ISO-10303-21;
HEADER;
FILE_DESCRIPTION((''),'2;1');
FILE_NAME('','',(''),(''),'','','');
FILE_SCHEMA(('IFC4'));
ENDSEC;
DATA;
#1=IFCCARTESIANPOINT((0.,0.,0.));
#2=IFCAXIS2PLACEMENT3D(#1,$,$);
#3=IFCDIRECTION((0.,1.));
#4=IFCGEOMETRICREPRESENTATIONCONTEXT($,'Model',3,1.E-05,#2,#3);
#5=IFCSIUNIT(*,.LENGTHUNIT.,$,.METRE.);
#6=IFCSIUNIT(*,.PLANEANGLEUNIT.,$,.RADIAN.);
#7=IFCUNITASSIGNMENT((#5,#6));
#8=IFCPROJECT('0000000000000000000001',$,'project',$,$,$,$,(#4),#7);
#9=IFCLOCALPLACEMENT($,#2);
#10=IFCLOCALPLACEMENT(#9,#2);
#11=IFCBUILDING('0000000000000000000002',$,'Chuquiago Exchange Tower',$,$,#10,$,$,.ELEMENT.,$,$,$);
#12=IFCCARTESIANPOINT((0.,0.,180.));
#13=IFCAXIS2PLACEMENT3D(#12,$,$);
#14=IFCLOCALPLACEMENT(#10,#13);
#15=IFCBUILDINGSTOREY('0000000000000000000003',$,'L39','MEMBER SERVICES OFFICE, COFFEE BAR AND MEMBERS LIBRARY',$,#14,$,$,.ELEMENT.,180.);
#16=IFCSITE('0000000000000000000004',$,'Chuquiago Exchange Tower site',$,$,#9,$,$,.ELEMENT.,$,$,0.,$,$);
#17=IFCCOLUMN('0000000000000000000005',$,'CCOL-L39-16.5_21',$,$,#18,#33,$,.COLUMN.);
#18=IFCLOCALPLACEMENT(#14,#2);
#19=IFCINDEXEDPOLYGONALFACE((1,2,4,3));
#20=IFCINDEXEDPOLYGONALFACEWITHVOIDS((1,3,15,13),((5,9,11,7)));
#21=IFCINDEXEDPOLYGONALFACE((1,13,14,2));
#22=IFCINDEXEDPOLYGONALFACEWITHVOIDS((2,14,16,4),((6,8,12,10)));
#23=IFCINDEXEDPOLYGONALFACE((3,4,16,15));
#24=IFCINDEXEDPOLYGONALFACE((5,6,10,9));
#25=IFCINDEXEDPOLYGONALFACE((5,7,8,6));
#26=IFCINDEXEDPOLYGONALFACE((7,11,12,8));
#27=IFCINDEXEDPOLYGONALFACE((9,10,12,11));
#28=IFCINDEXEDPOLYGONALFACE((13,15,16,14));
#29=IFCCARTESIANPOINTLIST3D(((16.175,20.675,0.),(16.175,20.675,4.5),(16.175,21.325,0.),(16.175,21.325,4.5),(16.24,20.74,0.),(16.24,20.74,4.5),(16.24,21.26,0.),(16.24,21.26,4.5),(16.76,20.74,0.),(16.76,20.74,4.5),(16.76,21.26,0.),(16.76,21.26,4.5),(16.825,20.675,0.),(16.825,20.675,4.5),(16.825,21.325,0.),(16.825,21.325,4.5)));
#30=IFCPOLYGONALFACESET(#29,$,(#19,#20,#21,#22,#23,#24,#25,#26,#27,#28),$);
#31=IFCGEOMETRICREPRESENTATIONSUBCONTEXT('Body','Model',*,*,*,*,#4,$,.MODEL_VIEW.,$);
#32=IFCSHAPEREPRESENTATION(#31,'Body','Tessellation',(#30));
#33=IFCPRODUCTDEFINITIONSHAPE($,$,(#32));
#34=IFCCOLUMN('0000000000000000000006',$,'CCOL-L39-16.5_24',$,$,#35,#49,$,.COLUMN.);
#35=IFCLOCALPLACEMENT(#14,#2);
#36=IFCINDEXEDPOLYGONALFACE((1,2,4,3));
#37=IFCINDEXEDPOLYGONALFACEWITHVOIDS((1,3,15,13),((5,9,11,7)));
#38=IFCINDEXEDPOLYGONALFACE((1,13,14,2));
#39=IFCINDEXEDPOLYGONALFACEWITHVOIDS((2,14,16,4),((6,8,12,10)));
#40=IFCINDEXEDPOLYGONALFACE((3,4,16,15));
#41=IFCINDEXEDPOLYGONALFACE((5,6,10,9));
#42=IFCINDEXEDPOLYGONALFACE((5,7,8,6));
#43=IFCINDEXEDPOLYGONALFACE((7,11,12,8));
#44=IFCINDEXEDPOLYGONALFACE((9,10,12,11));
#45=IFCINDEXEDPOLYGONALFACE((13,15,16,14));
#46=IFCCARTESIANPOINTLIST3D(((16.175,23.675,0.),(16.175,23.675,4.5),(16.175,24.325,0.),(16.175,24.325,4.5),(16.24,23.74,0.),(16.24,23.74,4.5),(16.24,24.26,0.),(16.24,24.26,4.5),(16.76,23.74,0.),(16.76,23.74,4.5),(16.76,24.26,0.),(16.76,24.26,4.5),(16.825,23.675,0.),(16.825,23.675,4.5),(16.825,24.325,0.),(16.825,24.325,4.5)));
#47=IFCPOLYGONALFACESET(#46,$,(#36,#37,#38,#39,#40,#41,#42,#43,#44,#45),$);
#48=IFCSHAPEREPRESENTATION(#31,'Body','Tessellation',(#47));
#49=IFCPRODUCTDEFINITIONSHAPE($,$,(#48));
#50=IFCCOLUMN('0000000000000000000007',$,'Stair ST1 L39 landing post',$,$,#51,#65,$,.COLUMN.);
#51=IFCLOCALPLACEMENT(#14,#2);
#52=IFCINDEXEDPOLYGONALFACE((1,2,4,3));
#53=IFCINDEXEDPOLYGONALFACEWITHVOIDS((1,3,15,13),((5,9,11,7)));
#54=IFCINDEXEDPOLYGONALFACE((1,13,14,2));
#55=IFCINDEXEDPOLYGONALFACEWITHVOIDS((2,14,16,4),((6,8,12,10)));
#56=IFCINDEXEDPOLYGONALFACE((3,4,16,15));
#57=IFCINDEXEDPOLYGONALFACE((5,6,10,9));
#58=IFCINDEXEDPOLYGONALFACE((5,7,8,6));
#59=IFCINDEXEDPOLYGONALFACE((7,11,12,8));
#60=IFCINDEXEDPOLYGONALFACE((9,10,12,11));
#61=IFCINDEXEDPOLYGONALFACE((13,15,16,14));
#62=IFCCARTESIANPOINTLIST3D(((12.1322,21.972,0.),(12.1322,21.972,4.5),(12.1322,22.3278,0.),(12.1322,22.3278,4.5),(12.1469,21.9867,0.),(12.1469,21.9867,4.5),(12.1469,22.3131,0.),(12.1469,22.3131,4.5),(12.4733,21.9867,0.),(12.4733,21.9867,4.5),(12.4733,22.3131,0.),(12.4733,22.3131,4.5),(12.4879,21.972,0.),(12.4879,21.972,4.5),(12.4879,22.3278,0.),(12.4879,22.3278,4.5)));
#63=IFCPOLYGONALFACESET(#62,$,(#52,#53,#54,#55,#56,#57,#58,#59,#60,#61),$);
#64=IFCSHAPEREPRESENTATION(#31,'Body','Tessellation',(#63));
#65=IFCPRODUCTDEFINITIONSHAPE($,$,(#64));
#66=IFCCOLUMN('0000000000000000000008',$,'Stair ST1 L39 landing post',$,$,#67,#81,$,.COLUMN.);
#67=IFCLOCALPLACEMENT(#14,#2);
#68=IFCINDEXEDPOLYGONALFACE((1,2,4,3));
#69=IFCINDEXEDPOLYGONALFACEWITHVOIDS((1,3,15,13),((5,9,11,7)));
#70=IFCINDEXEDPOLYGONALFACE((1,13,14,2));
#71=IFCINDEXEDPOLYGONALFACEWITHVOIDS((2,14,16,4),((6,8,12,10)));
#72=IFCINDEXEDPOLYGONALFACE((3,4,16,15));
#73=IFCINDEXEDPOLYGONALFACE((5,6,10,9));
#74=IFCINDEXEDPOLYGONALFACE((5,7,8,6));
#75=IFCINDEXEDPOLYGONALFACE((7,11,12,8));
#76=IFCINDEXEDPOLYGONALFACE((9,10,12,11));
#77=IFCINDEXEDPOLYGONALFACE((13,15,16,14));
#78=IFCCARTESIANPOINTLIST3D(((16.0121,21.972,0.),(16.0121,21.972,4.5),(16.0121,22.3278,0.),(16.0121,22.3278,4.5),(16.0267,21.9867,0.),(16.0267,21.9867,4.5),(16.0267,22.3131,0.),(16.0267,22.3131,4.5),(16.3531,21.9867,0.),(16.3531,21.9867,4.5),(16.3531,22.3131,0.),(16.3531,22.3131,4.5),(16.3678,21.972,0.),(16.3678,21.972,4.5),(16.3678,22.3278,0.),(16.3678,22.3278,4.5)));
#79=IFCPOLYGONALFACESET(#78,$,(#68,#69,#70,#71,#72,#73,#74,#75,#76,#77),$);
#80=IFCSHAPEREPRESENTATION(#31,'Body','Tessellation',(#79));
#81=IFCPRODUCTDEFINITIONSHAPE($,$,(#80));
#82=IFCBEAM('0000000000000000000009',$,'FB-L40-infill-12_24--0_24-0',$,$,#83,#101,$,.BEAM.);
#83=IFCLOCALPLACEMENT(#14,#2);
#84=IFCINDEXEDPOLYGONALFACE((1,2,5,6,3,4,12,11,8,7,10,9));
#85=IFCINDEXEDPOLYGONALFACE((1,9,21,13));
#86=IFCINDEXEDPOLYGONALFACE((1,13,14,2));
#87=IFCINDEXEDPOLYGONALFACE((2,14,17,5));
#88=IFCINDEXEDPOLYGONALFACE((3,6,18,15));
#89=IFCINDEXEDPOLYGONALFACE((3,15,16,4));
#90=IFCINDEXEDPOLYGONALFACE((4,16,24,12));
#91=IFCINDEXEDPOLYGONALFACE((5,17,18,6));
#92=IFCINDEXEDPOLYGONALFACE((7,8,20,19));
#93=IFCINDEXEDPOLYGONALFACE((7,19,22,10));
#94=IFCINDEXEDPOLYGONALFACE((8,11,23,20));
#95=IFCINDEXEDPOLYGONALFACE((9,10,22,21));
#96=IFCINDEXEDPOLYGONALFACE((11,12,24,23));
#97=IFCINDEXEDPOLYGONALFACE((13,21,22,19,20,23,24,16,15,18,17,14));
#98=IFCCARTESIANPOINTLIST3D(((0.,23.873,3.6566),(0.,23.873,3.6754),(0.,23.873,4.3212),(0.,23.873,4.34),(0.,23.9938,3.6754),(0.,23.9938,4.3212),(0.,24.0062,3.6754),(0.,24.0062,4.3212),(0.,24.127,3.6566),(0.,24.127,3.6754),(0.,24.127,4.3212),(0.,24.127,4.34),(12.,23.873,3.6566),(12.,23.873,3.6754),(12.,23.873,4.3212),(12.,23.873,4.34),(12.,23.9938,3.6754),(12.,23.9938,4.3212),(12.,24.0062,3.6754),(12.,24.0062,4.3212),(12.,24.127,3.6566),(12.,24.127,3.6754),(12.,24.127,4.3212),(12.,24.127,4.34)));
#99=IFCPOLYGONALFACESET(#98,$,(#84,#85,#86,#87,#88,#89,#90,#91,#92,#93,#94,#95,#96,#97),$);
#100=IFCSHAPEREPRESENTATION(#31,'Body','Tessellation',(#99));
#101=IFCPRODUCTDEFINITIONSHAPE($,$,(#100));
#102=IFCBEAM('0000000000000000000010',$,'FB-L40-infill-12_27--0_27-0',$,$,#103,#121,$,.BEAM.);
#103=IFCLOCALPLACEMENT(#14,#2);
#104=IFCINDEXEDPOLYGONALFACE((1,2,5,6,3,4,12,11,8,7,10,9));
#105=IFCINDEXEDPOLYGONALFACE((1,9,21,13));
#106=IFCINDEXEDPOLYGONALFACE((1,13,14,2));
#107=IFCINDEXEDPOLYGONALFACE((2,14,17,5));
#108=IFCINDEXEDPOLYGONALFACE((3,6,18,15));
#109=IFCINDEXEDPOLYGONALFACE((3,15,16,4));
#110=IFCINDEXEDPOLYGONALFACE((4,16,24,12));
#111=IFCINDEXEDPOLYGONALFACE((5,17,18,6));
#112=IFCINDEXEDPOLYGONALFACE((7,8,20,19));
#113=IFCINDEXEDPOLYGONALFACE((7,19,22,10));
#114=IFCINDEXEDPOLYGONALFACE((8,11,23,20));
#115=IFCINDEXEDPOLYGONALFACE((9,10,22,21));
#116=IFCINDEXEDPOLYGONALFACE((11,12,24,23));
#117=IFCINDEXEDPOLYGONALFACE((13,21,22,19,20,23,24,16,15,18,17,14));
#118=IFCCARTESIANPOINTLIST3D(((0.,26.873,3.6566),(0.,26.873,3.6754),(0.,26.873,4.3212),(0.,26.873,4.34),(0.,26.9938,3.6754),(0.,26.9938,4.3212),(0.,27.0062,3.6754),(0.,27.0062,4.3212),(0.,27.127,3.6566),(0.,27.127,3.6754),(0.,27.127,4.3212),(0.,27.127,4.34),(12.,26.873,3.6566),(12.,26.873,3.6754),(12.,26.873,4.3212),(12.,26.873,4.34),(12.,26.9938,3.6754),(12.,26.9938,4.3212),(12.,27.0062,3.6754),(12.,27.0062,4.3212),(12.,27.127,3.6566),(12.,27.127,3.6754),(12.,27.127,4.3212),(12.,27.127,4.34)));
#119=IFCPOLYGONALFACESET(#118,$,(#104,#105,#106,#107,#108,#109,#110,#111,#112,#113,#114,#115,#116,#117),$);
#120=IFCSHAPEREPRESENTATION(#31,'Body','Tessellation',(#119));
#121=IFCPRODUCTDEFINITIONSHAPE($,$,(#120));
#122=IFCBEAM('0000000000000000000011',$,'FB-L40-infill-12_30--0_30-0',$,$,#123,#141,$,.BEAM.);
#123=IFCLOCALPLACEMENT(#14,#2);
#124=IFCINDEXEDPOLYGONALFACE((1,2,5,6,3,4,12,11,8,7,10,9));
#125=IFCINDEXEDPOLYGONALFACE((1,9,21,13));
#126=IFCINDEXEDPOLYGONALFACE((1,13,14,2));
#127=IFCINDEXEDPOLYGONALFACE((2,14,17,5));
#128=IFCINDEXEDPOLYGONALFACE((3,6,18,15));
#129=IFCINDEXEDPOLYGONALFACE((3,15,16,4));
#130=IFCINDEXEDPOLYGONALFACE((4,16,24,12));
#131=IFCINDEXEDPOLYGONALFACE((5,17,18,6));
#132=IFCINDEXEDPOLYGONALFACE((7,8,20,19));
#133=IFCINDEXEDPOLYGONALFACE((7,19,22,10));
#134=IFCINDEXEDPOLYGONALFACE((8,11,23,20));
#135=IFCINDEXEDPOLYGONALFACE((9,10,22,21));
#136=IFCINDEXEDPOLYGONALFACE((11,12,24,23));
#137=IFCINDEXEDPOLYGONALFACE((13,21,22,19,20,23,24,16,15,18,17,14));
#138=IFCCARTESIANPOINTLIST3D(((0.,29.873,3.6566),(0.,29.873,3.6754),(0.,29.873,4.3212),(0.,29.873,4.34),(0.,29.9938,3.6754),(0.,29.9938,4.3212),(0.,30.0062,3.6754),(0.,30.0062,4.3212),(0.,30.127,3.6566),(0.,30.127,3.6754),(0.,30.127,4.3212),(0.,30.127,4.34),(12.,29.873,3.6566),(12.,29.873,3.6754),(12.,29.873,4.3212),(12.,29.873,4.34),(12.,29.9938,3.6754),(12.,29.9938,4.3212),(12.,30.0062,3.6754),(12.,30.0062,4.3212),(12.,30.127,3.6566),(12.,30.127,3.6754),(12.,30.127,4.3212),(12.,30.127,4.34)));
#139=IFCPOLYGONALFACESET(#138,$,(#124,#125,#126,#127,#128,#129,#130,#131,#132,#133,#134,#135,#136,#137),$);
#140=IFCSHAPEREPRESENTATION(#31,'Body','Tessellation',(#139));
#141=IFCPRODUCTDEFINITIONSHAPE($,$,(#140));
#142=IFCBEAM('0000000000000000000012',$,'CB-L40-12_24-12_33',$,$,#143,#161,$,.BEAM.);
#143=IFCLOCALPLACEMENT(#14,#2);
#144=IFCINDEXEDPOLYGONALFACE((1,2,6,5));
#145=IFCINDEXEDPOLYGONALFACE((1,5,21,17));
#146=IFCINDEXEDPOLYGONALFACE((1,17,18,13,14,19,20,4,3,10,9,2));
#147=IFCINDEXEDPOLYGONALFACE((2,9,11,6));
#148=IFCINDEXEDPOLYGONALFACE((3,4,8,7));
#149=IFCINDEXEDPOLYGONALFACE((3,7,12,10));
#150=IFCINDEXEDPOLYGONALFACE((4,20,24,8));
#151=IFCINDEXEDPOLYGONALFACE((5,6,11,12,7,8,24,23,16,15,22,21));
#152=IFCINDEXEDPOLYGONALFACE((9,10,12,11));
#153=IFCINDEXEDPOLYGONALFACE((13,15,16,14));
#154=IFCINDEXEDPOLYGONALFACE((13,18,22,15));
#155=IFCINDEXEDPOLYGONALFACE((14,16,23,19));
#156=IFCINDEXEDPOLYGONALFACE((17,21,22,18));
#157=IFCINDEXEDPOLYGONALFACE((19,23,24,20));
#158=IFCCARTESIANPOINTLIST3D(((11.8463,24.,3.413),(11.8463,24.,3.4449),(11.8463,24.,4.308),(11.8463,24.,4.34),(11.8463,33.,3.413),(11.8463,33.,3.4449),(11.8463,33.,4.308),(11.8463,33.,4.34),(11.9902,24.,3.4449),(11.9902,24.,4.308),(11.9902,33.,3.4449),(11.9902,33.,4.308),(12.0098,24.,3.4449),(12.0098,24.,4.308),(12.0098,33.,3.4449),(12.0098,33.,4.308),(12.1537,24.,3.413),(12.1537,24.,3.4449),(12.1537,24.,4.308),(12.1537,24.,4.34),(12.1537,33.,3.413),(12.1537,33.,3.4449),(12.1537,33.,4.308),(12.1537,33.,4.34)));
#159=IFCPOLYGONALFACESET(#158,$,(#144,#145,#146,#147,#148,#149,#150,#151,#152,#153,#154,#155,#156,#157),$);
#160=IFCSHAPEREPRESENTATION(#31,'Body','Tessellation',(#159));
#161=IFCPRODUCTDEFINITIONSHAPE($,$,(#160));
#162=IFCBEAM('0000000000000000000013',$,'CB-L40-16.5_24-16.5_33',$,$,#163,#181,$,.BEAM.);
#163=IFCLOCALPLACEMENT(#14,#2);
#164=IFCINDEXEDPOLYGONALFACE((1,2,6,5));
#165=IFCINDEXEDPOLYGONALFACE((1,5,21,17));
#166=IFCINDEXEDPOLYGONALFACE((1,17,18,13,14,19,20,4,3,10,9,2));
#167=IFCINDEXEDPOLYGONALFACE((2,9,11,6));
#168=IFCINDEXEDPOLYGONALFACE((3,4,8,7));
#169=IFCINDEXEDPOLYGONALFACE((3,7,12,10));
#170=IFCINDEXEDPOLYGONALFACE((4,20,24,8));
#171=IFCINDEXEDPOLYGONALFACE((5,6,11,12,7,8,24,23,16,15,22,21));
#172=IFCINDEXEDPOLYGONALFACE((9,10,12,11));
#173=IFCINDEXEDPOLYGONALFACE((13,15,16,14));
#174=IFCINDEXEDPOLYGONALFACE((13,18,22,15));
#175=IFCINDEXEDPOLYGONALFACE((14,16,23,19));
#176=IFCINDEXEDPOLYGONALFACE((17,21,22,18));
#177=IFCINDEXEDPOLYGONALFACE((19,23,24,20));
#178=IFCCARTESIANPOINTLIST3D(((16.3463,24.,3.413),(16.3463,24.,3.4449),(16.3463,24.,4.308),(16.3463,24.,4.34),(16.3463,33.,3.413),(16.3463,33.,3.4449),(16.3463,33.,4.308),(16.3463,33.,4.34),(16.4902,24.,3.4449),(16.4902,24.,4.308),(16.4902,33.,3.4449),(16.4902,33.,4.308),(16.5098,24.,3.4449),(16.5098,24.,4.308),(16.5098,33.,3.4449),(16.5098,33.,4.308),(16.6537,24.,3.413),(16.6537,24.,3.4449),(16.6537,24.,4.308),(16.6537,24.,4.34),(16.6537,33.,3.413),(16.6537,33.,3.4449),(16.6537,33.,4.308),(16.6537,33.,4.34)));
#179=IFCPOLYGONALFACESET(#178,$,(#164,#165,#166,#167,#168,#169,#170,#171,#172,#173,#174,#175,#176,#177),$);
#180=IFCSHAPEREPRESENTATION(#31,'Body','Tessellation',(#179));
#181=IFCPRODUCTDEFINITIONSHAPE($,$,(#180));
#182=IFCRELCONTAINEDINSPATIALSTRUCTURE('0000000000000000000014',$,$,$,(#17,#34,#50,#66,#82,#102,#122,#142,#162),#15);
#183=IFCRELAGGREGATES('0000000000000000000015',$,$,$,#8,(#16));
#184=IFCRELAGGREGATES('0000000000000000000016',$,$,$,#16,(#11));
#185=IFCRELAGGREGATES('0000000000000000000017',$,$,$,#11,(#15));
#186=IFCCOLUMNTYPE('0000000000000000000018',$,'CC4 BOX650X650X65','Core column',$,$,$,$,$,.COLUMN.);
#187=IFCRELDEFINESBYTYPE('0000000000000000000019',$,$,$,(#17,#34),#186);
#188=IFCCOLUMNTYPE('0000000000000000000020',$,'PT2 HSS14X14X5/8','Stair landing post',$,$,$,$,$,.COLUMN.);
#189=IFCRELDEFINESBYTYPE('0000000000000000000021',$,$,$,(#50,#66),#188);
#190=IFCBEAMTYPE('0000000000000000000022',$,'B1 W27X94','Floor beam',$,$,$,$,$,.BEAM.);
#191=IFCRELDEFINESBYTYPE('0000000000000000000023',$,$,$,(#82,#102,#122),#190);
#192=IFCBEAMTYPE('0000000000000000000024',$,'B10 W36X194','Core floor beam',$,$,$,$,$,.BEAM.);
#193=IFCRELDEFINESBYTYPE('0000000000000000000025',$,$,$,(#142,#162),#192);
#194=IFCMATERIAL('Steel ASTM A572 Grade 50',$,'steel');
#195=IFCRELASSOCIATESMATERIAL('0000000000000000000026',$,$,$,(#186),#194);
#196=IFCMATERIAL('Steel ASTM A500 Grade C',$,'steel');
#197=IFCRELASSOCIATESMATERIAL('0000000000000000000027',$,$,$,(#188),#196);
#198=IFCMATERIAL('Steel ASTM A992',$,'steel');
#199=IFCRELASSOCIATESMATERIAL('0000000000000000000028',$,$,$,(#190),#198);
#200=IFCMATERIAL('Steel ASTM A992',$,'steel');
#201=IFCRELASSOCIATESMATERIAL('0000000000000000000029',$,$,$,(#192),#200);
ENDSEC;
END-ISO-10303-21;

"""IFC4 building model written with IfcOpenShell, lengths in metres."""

from ifc_helpers import new_model, si_unit, direction, frame, origin, origin_2d, place, context, subcontext, project, spatial, hollow_rectangle, i_section, extrude, material, material_profile, profile_set, type_object, element, save


model = new_model("IFC4")

# Units and contexts
model_context = context("Model", 3, precision=1e-05, world=origin(), true_north=direction((0.0, 1.0)))
body_context = subcontext(model_context, "Body", "Model", "MODEL_VIEW")
ifc_project = project(units=[si_unit("LENGTHUNIT", "METRE"), si_unit("PLANEANGLEUNIT", "RADIAN")], contexts=[model_context])

# Site, building, storey
site_placement = place(None, origin())
site = spatial("IfcSite", under=ifc_project, at=site_placement, Name="Chuquiago Exchange Tower site", CompositionType="ELEMENT", RefElevation=0.0)
building_placement = place(site_placement, origin())
building = spatial("IfcBuilding", under=site, at=building_placement, Name="Chuquiago Exchange Tower", CompositionType="ELEMENT")
storey_placement = place(building_placement, frame((0.0, 0.0, 180.0)))
storey = spatial("IfcBuildingStorey", under=building, at=storey_placement, Name="L39", Description="MEMBER SERVICES OFFICE, COFFEE BAR AND MEMBERS LIBRARY", CompositionType="ELEMENT", Elevation=180.0)

# Columns
ifc_material_1 = material(Name="Steel ASTM A572 Grade 50", Category="steel")
ifc_material_profile_1 = material_profile(ifc_material_1, hollow_rectangle(XDim=0.6499, YDim=0.6499, WallThickness=0.0649, at=origin_2d()), Name="BOX650X650X65")
ifc_profile_set_1 = profile_set([ifc_material_profile_1], Name="Steel ASTM A572 Grade 50")
column_type_1 = type_object("IfcColumnType", Name="CC4 BOX650X650X65", Description="Core column", PredefinedType="COLUMN", material=ifc_profile_set_1)
for number, where, z_axis, x_axis, name in (
    (1, (16.5, 21.0, 0.0), (0.0, 0.0, 1.0), (1.0, 0.0, 0.0), "CCOL-L39-16.5_21"),
    (2, (16.5, 24.0, 0.0), (0.0, 0.0, 1.0), (1.0, 0.0, 0.0), "CCOL-L39-16.5_24"),
):
    element("IfcColumn", number, at=place(storey_placement, frame(where, z_axis=z_axis, x_axis=x_axis)), inside=storey, type_object=column_type_1, Name=name, PredefinedType="COLUMN", context=body_context, shape_type="SweptSolid", body=[
        extrude(hollow_rectangle(XDim=0.6499, YDim=0.6499, WallThickness=0.0649, at=origin_2d()), origin(), (0.0, 0.0, 1.0), 4.5),
    ])
ifc_material_2 = material(Name="Steel ASTM A500 Grade C", Category="steel")
ifc_material_profile_2 = material_profile(ifc_material_2, hollow_rectangle(XDim=0.3557, YDim=0.3557, WallThickness=0.0146, at=origin_2d()), Name="HSS14X14X5/8")
ifc_profile_set_2 = profile_set([ifc_material_profile_2], Name="Steel ASTM A500 Grade C")
column_type_2 = type_object("IfcColumnType", Name="PT2 HSS14X14X5/8", Description="Stair landing post", PredefinedType="COLUMN", material=ifc_profile_set_2)
for number, where, z_axis, x_axis, name in (
    (3, (12.3101, 22.1499, 0.0), (0.0, 0.0, 1.0), (1.0, 0.0, 0.0), "Stair ST1 L39 landing post"),
    (4, (16.1899, 22.1499, 0.0), (0.0, 0.0, 1.0), (1.0, 0.0, 0.0), "Stair ST1 L39 landing post"),
):
    element("IfcColumn", number, at=place(storey_placement, frame(where, z_axis=z_axis, x_axis=x_axis)), inside=storey, type_object=column_type_2, Name=name, PredefinedType="COLUMN", context=body_context, shape_type="SweptSolid", body=[
        extrude(hollow_rectangle(XDim=0.3557, YDim=0.3557, WallThickness=0.0146, at=origin_2d()), origin(), (0.0, 0.0, 1.0), 4.5),
    ])

# Beams
ifc_material_3 = material(Name="Steel ASTM A992", Category="steel")
ifc_material_profile_3 = material_profile(ifc_material_3, i_section(OverallWidth=0.2539, OverallDepth=0.6833, WebThickness=0.0125, FlangeThickness=0.0188, at=origin_2d()), Name="W27X94")
ifc_profile_set_3 = profile_set([ifc_material_profile_3], Name="Steel ASTM A992")
beam_type_1 = type_object("IfcBeamType", Name="B1 W27X94", Description="Floor beam", PredefinedType="BEAM", material=ifc_profile_set_3)
for number, where, z_axis, x_axis, name in (
    (5, (12.0, 24.0, 3.9983), (-1.0, 0.0, 0.0), (0.0, -1.0, 0.0), "FB-L40-infill-12_24--0_24-0"),
    (6, (12.0, 27.0, 3.9983), (-1.0, 0.0, 0.0), (0.0, -1.0, 0.0), "FB-L40-infill-12_27--0_27-0"),
    (7, (12.0, 30.0, 3.9983), (-1.0, 0.0, 0.0), (0.0, -1.0, 0.0), "FB-L40-infill-12_30--0_30-0"),
):
    element("IfcBeam", number, at=place(storey_placement, frame(where, z_axis=z_axis, x_axis=x_axis)), inside=storey, type_object=beam_type_1, Name=name, PredefinedType="BEAM", context=body_context, shape_type="SweptSolid", body=[
        extrude(i_section(OverallWidth=0.2539, OverallDepth=0.6833, WebThickness=0.0125, FlangeThickness=0.0188, at=origin_2d()), origin(), (0.0, 0.0, 1.0), 12.0),
    ])
ifc_material_4 = material(Name="Steel ASTM A992", Category="steel")
ifc_material_profile_4 = material_profile(ifc_material_4, i_section(OverallWidth=0.3074, OverallDepth=0.927, WebThickness=0.0195, FlangeThickness=0.032, at=origin_2d()), Name="W36X194")
ifc_profile_set_4 = profile_set([ifc_material_profile_4], Name="Steel ASTM A992")
beam_type_2 = type_object("IfcBeamType", Name="B10 W36X194", Description="Core floor beam", PredefinedType="BEAM", material=ifc_profile_set_4)
for number, where, z_axis, x_axis, name in (
    (8, (12.0, 24.0, 3.8765), (0.0, 1.0, 0.0), (-1.0, 0.0, 0.0), "CB-L40-12_24-12_33"),
    (9, (16.5, 24.0, 3.8765), (0.0, 1.0, 0.0), (-1.0, 0.0, 0.0), "CB-L40-16.5_24-16.5_33"),
):
    element("IfcBeam", number, at=place(storey_placement, frame(where, z_axis=z_axis, x_axis=x_axis)), inside=storey, type_object=beam_type_2, Name=name, PredefinedType="BEAM", context=body_context, shape_type="SweptSolid", body=[
        extrude(i_section(OverallWidth=0.3074, OverallDepth=0.927, WebThickness=0.0195, FlangeThickness=0.032, at=origin_2d()), origin(), (0.0, 0.0, 1.0), 9.0),
    ])

save(model, "model.ifc")
